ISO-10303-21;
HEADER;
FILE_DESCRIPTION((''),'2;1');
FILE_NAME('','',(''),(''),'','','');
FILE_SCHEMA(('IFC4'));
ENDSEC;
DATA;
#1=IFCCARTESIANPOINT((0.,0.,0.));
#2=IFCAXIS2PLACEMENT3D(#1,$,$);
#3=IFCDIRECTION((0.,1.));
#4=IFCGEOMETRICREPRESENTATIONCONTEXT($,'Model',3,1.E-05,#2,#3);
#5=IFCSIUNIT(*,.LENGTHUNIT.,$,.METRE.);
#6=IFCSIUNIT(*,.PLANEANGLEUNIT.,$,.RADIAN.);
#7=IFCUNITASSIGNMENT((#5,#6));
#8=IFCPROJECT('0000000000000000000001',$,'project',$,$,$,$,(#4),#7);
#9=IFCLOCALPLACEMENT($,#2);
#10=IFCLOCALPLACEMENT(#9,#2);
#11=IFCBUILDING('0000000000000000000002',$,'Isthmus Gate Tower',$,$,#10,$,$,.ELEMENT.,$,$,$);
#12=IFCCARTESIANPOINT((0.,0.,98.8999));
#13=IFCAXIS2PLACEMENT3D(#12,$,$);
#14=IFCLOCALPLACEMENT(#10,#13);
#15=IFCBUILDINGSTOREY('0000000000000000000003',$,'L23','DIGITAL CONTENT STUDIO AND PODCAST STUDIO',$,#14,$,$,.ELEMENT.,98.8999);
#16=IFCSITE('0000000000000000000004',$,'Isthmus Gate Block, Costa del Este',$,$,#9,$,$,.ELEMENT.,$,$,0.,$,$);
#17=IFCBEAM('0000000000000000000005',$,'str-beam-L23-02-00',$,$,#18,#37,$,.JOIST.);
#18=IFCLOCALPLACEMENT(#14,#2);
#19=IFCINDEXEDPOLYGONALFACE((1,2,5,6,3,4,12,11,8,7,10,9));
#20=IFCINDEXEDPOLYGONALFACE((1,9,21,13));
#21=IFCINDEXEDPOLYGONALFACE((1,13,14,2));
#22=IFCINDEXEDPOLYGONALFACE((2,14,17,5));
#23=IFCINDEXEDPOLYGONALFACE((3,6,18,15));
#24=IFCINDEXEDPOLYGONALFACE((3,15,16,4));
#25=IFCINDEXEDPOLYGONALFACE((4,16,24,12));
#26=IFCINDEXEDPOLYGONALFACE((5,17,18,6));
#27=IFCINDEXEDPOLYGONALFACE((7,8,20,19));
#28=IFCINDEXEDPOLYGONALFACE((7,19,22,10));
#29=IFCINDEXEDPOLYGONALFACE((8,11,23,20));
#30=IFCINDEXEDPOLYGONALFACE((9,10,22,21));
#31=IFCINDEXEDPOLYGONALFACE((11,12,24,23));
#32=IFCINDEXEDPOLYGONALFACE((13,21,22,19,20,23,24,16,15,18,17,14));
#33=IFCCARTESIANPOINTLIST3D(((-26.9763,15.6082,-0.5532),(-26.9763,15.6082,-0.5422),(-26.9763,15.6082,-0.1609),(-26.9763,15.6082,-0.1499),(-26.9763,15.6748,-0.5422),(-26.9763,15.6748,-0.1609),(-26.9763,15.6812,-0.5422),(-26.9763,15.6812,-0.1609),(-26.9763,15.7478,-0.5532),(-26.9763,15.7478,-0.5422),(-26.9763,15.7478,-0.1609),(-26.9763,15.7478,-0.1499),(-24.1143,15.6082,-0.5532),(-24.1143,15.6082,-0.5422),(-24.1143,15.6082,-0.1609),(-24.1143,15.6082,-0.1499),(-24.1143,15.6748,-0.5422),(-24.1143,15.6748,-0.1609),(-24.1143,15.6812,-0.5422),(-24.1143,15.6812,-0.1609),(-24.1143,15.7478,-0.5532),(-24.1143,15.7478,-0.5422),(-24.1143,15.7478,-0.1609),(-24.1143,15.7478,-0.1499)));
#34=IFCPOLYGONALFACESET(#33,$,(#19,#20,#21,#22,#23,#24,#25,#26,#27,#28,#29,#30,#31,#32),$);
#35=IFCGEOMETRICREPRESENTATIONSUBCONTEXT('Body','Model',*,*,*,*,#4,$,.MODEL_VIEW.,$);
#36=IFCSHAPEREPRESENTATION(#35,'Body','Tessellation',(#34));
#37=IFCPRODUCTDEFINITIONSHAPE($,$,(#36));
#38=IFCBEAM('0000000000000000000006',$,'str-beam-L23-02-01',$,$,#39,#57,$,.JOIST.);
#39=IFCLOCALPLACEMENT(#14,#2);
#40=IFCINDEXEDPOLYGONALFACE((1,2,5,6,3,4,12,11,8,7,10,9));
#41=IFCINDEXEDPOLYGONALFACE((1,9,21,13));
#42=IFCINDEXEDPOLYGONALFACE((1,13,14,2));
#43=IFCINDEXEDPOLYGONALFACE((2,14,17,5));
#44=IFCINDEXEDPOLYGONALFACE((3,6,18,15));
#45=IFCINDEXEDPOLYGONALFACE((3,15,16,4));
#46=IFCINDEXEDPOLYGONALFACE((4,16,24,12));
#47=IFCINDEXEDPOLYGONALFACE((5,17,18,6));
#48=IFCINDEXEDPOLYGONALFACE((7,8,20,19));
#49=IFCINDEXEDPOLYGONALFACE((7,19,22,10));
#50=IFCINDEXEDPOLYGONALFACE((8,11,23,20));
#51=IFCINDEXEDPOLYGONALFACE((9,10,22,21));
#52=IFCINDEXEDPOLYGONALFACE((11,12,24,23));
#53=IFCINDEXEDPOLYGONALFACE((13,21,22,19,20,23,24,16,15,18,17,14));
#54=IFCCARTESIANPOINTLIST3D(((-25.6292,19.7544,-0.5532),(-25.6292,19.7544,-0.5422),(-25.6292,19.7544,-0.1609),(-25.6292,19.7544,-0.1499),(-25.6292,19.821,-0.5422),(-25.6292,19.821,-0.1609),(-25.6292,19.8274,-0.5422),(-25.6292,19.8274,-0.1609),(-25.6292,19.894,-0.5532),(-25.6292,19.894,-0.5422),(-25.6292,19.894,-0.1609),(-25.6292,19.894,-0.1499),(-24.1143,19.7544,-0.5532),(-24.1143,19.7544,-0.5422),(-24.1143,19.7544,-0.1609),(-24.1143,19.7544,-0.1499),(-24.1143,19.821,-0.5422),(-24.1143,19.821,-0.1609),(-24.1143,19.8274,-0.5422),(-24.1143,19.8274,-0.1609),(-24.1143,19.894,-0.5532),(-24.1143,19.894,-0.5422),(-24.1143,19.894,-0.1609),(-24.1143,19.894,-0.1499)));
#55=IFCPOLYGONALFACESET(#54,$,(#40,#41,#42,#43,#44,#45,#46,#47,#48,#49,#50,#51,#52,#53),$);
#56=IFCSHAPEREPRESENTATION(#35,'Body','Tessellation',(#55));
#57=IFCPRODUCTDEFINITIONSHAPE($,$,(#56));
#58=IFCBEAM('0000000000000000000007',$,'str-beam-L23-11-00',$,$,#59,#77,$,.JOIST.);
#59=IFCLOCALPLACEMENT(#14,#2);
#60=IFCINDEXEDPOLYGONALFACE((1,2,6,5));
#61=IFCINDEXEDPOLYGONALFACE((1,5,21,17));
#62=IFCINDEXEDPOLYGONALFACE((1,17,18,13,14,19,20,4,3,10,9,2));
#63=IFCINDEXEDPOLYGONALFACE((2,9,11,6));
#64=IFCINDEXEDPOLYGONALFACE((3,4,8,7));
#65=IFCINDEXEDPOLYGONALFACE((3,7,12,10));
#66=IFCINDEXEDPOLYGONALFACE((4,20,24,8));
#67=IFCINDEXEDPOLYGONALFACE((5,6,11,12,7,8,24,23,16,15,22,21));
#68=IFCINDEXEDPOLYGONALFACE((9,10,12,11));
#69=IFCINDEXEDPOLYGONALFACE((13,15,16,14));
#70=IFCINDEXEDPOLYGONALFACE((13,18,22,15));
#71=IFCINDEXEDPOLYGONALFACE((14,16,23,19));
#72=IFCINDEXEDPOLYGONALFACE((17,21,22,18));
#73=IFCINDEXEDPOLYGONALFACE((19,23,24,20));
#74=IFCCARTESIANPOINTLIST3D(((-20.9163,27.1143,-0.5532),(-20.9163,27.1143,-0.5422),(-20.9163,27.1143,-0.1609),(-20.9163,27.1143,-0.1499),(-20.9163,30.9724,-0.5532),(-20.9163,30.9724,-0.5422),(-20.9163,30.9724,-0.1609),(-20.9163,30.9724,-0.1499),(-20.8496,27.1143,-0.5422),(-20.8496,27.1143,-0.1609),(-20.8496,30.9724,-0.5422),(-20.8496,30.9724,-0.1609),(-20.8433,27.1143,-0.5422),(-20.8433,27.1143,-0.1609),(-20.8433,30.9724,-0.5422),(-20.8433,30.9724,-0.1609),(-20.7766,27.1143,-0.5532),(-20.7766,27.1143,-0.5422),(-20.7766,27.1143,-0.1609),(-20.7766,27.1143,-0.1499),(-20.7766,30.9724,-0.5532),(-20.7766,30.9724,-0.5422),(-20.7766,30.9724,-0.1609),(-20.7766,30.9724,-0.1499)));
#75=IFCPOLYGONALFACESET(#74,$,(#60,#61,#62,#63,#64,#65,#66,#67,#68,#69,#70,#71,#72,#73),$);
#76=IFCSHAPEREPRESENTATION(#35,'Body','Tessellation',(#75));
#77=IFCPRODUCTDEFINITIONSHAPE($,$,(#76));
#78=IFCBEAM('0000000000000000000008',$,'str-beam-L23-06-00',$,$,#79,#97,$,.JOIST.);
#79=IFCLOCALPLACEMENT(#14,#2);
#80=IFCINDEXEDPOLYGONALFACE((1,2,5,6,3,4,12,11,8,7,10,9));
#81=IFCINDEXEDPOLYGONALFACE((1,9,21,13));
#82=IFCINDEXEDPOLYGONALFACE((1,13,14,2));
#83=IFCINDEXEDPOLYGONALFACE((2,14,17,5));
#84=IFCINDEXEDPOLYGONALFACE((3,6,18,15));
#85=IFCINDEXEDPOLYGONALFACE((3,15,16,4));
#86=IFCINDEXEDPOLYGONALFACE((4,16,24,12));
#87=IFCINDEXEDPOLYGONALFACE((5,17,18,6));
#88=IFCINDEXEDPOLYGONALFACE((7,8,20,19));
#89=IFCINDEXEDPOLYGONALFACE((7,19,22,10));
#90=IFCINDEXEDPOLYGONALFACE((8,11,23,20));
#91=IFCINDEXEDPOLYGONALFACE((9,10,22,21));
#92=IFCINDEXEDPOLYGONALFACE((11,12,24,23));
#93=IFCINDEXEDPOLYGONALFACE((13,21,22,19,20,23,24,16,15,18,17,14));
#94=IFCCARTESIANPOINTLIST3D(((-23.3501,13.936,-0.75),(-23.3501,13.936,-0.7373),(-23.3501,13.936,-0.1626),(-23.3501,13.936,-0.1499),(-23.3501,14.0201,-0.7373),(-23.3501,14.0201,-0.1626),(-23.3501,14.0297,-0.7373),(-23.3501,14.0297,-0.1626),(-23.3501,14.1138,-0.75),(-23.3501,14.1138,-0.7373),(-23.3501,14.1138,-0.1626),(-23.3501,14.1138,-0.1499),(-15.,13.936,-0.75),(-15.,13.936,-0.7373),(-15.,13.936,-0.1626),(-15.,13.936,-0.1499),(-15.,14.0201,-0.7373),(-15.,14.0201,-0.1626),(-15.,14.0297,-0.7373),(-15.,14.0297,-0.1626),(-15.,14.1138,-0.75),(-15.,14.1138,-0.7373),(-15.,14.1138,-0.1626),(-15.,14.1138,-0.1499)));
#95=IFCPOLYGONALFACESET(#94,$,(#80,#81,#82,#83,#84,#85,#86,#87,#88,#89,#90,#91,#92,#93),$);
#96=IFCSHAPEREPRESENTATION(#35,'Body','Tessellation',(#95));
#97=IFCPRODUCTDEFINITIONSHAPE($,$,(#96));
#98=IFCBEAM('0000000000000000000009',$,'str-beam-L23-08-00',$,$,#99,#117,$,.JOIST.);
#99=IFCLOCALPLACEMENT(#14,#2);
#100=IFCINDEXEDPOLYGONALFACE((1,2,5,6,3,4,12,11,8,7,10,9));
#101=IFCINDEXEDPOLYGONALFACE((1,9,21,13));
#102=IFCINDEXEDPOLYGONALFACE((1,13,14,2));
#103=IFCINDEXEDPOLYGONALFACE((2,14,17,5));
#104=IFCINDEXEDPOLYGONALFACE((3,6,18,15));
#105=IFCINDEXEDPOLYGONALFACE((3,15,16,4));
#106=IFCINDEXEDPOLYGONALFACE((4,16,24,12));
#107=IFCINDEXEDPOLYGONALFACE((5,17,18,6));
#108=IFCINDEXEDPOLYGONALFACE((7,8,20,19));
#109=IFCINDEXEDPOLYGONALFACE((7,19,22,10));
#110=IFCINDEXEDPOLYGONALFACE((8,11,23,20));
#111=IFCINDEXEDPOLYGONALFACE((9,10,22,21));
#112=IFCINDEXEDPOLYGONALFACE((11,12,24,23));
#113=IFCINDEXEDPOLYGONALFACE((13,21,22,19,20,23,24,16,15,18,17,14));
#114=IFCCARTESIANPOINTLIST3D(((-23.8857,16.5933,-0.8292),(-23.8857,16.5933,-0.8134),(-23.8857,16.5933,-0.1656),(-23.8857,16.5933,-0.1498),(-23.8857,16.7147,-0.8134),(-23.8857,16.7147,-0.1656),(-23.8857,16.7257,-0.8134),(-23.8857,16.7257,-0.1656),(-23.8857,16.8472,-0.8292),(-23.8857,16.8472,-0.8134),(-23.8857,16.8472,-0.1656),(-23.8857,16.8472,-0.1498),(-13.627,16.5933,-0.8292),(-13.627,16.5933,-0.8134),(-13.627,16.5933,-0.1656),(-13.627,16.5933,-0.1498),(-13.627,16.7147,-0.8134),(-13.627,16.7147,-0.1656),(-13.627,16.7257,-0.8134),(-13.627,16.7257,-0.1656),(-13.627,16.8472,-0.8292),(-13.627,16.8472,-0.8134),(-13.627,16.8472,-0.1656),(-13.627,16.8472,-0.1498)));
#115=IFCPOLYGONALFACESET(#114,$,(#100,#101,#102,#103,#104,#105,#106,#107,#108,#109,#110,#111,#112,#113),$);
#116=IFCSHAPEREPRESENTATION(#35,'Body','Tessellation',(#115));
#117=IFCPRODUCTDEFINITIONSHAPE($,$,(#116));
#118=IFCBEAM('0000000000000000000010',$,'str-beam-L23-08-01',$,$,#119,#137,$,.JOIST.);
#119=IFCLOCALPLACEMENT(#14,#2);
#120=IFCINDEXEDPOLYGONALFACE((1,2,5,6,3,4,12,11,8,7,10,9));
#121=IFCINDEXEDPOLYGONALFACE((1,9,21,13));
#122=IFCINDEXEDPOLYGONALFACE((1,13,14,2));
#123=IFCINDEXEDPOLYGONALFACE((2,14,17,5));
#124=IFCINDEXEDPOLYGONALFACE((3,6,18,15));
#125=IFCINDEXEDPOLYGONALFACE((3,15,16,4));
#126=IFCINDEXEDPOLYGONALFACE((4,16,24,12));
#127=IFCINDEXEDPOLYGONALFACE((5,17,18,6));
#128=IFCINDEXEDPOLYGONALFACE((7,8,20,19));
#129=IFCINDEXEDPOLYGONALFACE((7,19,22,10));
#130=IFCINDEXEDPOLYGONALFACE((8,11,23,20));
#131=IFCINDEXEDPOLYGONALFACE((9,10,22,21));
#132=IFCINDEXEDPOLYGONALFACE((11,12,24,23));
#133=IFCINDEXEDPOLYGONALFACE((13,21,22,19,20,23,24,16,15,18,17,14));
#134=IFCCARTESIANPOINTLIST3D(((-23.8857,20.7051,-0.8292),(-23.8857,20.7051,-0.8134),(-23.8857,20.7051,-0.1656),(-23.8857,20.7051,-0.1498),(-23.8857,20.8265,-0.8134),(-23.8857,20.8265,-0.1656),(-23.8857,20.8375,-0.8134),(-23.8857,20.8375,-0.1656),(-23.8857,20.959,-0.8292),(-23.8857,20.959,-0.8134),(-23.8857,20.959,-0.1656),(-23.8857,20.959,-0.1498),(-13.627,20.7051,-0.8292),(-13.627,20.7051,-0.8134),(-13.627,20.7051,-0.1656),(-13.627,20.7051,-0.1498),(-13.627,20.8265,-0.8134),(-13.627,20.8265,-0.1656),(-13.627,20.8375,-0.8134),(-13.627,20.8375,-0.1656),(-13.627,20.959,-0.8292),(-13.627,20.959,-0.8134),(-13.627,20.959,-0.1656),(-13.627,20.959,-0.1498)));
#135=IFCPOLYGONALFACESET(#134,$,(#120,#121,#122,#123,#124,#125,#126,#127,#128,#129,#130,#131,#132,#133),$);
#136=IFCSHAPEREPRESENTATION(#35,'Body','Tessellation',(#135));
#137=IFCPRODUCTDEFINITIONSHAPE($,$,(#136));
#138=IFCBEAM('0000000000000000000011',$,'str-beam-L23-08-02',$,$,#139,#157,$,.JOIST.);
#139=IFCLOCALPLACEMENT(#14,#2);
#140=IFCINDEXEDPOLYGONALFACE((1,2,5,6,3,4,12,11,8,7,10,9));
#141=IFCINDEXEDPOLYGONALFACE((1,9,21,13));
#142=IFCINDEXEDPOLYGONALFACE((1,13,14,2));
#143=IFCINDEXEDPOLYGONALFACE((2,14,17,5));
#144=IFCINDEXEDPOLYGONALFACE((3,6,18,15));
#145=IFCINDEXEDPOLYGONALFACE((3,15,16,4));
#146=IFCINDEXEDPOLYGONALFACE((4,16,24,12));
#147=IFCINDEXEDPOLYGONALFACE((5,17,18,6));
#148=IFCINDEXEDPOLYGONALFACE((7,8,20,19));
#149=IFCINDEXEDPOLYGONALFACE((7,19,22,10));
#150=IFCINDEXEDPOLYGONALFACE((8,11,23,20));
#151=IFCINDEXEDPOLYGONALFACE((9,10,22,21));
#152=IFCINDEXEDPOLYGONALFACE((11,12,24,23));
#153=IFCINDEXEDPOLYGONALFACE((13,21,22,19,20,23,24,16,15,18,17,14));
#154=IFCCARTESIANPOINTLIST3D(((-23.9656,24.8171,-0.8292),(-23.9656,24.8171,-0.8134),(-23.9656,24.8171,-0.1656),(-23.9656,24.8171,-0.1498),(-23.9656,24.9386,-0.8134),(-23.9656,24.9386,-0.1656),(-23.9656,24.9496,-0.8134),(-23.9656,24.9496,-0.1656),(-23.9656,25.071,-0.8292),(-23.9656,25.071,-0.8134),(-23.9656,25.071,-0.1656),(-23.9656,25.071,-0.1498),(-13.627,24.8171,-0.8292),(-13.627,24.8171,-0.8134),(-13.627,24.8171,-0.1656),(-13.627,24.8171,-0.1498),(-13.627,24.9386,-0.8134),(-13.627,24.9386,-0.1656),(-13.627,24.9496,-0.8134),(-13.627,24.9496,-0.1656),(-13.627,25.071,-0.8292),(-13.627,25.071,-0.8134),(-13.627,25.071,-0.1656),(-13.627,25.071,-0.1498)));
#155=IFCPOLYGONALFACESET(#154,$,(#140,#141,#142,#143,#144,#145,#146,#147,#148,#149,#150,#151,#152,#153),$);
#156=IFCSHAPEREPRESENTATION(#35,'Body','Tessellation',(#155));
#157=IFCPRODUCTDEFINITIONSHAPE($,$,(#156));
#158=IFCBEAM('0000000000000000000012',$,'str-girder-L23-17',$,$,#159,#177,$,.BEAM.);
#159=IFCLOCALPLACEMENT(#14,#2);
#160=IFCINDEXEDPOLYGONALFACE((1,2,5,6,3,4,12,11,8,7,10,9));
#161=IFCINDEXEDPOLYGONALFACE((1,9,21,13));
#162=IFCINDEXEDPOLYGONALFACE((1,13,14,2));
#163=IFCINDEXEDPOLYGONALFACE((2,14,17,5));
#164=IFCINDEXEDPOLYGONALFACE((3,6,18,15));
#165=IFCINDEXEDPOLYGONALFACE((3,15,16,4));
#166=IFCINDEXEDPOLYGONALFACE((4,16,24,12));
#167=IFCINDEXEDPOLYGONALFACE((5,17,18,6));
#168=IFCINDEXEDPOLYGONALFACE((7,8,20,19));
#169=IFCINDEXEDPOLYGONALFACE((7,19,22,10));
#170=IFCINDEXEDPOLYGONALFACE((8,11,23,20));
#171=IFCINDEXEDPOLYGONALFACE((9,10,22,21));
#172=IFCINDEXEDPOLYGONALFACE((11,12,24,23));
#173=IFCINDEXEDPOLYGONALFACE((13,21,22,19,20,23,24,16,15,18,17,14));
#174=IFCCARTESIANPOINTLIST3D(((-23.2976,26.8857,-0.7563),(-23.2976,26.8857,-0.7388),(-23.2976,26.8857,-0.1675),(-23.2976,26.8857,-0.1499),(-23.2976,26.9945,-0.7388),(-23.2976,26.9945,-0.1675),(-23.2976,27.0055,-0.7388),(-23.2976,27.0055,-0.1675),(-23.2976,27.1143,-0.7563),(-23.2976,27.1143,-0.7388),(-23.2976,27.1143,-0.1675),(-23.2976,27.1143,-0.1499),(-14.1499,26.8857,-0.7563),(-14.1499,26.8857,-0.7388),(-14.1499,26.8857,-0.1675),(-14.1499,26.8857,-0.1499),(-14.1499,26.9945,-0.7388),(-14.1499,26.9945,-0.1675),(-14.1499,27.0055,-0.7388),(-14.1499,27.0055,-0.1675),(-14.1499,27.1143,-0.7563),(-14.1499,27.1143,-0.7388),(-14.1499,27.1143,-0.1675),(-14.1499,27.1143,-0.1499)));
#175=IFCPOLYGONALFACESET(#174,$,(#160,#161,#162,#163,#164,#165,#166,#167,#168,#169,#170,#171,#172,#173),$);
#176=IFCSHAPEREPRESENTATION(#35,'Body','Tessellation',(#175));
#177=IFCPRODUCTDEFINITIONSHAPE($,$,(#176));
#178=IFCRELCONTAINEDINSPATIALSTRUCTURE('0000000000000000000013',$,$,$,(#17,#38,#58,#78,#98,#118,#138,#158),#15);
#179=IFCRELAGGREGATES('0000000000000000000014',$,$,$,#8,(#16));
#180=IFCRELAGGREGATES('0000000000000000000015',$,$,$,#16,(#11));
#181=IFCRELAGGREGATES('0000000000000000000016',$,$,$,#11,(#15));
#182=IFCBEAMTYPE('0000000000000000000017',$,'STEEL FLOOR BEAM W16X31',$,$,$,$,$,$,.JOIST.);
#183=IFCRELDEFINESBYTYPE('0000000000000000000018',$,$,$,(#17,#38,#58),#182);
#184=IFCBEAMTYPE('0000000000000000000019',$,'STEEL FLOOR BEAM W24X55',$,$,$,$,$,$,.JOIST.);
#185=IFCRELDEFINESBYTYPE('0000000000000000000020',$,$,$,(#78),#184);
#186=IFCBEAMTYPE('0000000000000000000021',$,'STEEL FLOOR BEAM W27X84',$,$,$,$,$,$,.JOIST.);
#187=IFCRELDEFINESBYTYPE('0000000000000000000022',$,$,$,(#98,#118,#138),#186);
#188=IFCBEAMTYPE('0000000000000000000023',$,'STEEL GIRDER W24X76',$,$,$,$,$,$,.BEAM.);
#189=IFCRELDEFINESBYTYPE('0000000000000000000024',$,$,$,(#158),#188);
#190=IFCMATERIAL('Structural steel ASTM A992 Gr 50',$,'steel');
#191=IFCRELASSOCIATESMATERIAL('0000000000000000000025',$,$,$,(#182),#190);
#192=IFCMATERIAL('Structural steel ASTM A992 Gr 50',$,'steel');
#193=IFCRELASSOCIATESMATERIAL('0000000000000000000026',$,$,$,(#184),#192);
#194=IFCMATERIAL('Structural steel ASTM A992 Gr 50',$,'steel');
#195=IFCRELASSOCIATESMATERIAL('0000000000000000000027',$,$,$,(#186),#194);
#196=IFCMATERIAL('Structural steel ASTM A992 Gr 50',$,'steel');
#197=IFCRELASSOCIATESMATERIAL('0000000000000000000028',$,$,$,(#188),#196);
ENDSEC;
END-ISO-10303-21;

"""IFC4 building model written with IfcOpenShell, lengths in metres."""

from ifc_helpers import new_model, si_unit, direction, frame, origin, origin_2d, place, context, subcontext, project, spatial, i_section, extrude, material, material_profile, profile_set, type_object, element, save


model = new_model("IFC4")

# Units and contexts
model_context = context("Model", 3, precision=1e-05, world=origin(), true_north=direction((0.0, 1.0)))
body_context = subcontext(model_context, "Body", "Model", "MODEL_VIEW")
ifc_project = project(units=[si_unit("LENGTHUNIT", "METRE"), si_unit("PLANEANGLEUNIT", "RADIAN")], contexts=[model_context])

# Site, building, storey
site_placement = place(None, origin())
site = spatial("IfcSite", under=ifc_project, at=site_placement, Name="Isthmus Gate Block, Costa del Este", CompositionType="ELEMENT", RefElevation=0.0)
building_placement = place(site_placement, origin())
building = spatial("IfcBuilding", under=site, at=building_placement, Name="Isthmus Gate Tower", CompositionType="ELEMENT")
storey_placement = place(building_placement, frame((0.0, 0.0, 98.8999)))
storey = spatial("IfcBuildingStorey", under=building, at=storey_placement, Name="L23", Description="DIGITAL CONTENT STUDIO AND PODCAST STUDIO", CompositionType="ELEMENT", Elevation=98.8999)

# Beams
ifc_material_1 = material(Name="Structural steel ASTM A992 Gr 50", Category="steel")
ifc_material_profile_1 = material_profile(ifc_material_1, i_section(OverallWidth=0.1396, OverallDepth=0.4033, WebThickness=0.0063, FlangeThickness=0.011, at=origin_2d()), Name="W16X31")
ifc_profile_set_1 = profile_set([ifc_material_profile_1], Name="Structural steel ASTM A992 Gr 50")
beam_type_1 = type_object("IfcBeamType", Name="STEEL FLOOR BEAM W16X31", PredefinedType="JOIST", material=ifc_profile_set_1)
beam_1_placement = place(storey_placement, frame((-26.9763, 15.678, -0.3516), z_axis=(1.0, 0.0, 0.0), x_axis=(0.0, 1.0, 0.0)))
element("IfcBeam", 1, at=beam_1_placement, inside=storey, type_object=beam_type_1, Name="str-beam-L23-02-00", PredefinedType="JOIST", context=body_context, shape_type="SweptSolid", body=[
    extrude(i_section(OverallWidth=0.1396, OverallDepth=0.4033, WebThickness=0.0063, FlangeThickness=0.011, at=origin_2d()), origin(), (0.0, 0.0, 1.0), 2.8621),
])
beam_2_placement = place(storey_placement, frame((-25.6292, 19.8242, -0.3516), z_axis=(1.0, 0.0, 0.0), x_axis=(0.0, 1.0, 0.0)))
element("IfcBeam", 2, at=beam_2_placement, inside=storey, type_object=beam_type_1, Name="str-beam-L23-02-01", PredefinedType="JOIST", context=body_context, shape_type="SweptSolid", body=[
    extrude(i_section(OverallWidth=0.1396, OverallDepth=0.4033, WebThickness=0.0063, FlangeThickness=0.011, at=origin_2d()), origin(), (0.0, 0.0, 1.0), 1.5149),
])
beam_3_placement = place(storey_placement, frame((-20.8464, 27.1143, -0.3516), z_axis=(0.0, 1.0, 0.0), x_axis=(-1.0, 0.0, 0.0)))
element("IfcBeam", 3, at=beam_3_placement, inside=storey, type_object=beam_type_1, Name="str-beam-L23-11-00", PredefinedType="JOIST", context=body_context, shape_type="SweptSolid", body=[
    extrude(i_section(OverallWidth=0.1396, OverallDepth=0.4033, WebThickness=0.0063, FlangeThickness=0.011, at=origin_2d()), origin(), (0.0, 0.0, 1.0), 3.8582),
])
ifc_material_2 = material(Name="Structural steel ASTM A992 Gr 50", Category="steel")
ifc_material_profile_2 = material_profile(ifc_material_2, i_section(OverallWidth=0.1777, OverallDepth=0.6001, WebThickness=0.0095, FlangeThickness=0.0127, at=origin_2d()), Name="W24X55")
ifc_profile_set_2 = profile_set([ifc_material_profile_2], Name="Structural steel ASTM A992 Gr 50")
beam_type_2 = type_object("IfcBeamType", Name="STEEL FLOOR BEAM W24X55", PredefinedType="JOIST", material=ifc_profile_set_2)
beam_4_placement = place(storey_placement, frame((-23.3501, 14.0249, -0.45), z_axis=(1.0, 0.0, 0.0), x_axis=(0.0, 1.0, 0.0)))
element("IfcBeam", 4, at=beam_4_placement, inside=storey, type_object=beam_type_2, Name="str-beam-L23-06-00", PredefinedType="JOIST", context=body_context, shape_type="SweptSolid", body=[
    extrude(i_section(OverallWidth=0.1777, OverallDepth=0.6001, WebThickness=0.0095, FlangeThickness=0.0127, at=origin_2d()), origin(), (0.0, 0.0, 1.0), 8.3501),
])
ifc_material_3 = material(Name="Structural steel ASTM A992 Gr 50", Category="steel")
ifc_material_profile_3 = material_profile(ifc_material_3, i_section(OverallWidth=0.2539, OverallDepth=0.6794, WebThickness=0.011, FlangeThickness=0.0159, at=origin_2d()), Name="W27X84")
ifc_profile_set_3 = profile_set([ifc_material_profile_3], Name="Structural steel ASTM A992 Gr 50")
beam_type_3 = type_object("IfcBeamType", Name="STEEL FLOOR BEAM W27X84", PredefinedType="JOIST", material=ifc_profile_set_3)
for number, where, z_axis, x_axis, name in (
    (5, (-23.8857, 16.7202, -0.4895), (1.0, 0.0, 0.0), (0.0, 1.0, 0.0), "str-beam-L23-08-00"),
    (6, (-23.8857, 20.832, -0.4895), (1.0, 0.0, 0.0), (0.0, 1.0, 0.0), "str-beam-L23-08-01"),
):
    element("IfcBeam", number, at=place(storey_placement, frame(where, z_axis=z_axis, x_axis=x_axis)), inside=storey, type_object=beam_type_3, Name=name, PredefinedType="JOIST", context=body_context, shape_type="SweptSolid", body=[
        extrude(i_section(OverallWidth=0.2539, OverallDepth=0.6794, WebThickness=0.011, FlangeThickness=0.0159, at=origin_2d()), origin(), (0.0, 0.0, 1.0), 10.2588),
    ])
beam_5_placement = place(storey_placement, frame((-23.9656, 24.9441, -0.4895), z_axis=(1.0, 0.0, 0.0), x_axis=(0.0, 1.0, 0.0)))
element("IfcBeam", 7, at=beam_5_placement, inside=storey, type_object=beam_type_3, Name="str-beam-L23-08-02", PredefinedType="JOIST", context=body_context, shape_type="SweptSolid", body=[
    extrude(i_section(OverallWidth=0.2539, OverallDepth=0.6794, WebThickness=0.011, FlangeThickness=0.0159, at=origin_2d()), origin(), (0.0, 0.0, 1.0), 10.3386),
])
ifc_material_4 = material(Name="Structural steel ASTM A992 Gr 50", Category="steel")
ifc_material_profile_4 = material_profile(ifc_material_4, i_section(OverallWidth=0.2285, OverallDepth=0.6064, WebThickness=0.011, FlangeThickness=0.0176, at=origin_2d()), Name="W24X76")
ifc_profile_set_4 = profile_set([ifc_material_profile_4], Name="Structural steel ASTM A992 Gr 50")
beam_type_4 = type_object("IfcBeamType", Name="STEEL GIRDER W24X76", PredefinedType="BEAM", material=ifc_profile_set_4)
beam_6_placement = place(storey_placement, frame((-23.2976, 27.0, -0.4531), z_axis=(1.0, 0.0, 0.0), x_axis=(0.0, 1.0, 0.0)))
element("IfcBeam", 8, at=beam_6_placement, inside=storey, type_object=beam_type_4, Name="str-girder-L23-17", PredefinedType="BEAM", context=body_context, shape_type="SweptSolid", body=[
    extrude(i_section(OverallWidth=0.2285, OverallDepth=0.6064, WebThickness=0.011, FlangeThickness=0.0176, at=origin_2d()), origin(), (0.0, 0.0, 1.0), 9.1477),
])

save(model, "model.ifc")
